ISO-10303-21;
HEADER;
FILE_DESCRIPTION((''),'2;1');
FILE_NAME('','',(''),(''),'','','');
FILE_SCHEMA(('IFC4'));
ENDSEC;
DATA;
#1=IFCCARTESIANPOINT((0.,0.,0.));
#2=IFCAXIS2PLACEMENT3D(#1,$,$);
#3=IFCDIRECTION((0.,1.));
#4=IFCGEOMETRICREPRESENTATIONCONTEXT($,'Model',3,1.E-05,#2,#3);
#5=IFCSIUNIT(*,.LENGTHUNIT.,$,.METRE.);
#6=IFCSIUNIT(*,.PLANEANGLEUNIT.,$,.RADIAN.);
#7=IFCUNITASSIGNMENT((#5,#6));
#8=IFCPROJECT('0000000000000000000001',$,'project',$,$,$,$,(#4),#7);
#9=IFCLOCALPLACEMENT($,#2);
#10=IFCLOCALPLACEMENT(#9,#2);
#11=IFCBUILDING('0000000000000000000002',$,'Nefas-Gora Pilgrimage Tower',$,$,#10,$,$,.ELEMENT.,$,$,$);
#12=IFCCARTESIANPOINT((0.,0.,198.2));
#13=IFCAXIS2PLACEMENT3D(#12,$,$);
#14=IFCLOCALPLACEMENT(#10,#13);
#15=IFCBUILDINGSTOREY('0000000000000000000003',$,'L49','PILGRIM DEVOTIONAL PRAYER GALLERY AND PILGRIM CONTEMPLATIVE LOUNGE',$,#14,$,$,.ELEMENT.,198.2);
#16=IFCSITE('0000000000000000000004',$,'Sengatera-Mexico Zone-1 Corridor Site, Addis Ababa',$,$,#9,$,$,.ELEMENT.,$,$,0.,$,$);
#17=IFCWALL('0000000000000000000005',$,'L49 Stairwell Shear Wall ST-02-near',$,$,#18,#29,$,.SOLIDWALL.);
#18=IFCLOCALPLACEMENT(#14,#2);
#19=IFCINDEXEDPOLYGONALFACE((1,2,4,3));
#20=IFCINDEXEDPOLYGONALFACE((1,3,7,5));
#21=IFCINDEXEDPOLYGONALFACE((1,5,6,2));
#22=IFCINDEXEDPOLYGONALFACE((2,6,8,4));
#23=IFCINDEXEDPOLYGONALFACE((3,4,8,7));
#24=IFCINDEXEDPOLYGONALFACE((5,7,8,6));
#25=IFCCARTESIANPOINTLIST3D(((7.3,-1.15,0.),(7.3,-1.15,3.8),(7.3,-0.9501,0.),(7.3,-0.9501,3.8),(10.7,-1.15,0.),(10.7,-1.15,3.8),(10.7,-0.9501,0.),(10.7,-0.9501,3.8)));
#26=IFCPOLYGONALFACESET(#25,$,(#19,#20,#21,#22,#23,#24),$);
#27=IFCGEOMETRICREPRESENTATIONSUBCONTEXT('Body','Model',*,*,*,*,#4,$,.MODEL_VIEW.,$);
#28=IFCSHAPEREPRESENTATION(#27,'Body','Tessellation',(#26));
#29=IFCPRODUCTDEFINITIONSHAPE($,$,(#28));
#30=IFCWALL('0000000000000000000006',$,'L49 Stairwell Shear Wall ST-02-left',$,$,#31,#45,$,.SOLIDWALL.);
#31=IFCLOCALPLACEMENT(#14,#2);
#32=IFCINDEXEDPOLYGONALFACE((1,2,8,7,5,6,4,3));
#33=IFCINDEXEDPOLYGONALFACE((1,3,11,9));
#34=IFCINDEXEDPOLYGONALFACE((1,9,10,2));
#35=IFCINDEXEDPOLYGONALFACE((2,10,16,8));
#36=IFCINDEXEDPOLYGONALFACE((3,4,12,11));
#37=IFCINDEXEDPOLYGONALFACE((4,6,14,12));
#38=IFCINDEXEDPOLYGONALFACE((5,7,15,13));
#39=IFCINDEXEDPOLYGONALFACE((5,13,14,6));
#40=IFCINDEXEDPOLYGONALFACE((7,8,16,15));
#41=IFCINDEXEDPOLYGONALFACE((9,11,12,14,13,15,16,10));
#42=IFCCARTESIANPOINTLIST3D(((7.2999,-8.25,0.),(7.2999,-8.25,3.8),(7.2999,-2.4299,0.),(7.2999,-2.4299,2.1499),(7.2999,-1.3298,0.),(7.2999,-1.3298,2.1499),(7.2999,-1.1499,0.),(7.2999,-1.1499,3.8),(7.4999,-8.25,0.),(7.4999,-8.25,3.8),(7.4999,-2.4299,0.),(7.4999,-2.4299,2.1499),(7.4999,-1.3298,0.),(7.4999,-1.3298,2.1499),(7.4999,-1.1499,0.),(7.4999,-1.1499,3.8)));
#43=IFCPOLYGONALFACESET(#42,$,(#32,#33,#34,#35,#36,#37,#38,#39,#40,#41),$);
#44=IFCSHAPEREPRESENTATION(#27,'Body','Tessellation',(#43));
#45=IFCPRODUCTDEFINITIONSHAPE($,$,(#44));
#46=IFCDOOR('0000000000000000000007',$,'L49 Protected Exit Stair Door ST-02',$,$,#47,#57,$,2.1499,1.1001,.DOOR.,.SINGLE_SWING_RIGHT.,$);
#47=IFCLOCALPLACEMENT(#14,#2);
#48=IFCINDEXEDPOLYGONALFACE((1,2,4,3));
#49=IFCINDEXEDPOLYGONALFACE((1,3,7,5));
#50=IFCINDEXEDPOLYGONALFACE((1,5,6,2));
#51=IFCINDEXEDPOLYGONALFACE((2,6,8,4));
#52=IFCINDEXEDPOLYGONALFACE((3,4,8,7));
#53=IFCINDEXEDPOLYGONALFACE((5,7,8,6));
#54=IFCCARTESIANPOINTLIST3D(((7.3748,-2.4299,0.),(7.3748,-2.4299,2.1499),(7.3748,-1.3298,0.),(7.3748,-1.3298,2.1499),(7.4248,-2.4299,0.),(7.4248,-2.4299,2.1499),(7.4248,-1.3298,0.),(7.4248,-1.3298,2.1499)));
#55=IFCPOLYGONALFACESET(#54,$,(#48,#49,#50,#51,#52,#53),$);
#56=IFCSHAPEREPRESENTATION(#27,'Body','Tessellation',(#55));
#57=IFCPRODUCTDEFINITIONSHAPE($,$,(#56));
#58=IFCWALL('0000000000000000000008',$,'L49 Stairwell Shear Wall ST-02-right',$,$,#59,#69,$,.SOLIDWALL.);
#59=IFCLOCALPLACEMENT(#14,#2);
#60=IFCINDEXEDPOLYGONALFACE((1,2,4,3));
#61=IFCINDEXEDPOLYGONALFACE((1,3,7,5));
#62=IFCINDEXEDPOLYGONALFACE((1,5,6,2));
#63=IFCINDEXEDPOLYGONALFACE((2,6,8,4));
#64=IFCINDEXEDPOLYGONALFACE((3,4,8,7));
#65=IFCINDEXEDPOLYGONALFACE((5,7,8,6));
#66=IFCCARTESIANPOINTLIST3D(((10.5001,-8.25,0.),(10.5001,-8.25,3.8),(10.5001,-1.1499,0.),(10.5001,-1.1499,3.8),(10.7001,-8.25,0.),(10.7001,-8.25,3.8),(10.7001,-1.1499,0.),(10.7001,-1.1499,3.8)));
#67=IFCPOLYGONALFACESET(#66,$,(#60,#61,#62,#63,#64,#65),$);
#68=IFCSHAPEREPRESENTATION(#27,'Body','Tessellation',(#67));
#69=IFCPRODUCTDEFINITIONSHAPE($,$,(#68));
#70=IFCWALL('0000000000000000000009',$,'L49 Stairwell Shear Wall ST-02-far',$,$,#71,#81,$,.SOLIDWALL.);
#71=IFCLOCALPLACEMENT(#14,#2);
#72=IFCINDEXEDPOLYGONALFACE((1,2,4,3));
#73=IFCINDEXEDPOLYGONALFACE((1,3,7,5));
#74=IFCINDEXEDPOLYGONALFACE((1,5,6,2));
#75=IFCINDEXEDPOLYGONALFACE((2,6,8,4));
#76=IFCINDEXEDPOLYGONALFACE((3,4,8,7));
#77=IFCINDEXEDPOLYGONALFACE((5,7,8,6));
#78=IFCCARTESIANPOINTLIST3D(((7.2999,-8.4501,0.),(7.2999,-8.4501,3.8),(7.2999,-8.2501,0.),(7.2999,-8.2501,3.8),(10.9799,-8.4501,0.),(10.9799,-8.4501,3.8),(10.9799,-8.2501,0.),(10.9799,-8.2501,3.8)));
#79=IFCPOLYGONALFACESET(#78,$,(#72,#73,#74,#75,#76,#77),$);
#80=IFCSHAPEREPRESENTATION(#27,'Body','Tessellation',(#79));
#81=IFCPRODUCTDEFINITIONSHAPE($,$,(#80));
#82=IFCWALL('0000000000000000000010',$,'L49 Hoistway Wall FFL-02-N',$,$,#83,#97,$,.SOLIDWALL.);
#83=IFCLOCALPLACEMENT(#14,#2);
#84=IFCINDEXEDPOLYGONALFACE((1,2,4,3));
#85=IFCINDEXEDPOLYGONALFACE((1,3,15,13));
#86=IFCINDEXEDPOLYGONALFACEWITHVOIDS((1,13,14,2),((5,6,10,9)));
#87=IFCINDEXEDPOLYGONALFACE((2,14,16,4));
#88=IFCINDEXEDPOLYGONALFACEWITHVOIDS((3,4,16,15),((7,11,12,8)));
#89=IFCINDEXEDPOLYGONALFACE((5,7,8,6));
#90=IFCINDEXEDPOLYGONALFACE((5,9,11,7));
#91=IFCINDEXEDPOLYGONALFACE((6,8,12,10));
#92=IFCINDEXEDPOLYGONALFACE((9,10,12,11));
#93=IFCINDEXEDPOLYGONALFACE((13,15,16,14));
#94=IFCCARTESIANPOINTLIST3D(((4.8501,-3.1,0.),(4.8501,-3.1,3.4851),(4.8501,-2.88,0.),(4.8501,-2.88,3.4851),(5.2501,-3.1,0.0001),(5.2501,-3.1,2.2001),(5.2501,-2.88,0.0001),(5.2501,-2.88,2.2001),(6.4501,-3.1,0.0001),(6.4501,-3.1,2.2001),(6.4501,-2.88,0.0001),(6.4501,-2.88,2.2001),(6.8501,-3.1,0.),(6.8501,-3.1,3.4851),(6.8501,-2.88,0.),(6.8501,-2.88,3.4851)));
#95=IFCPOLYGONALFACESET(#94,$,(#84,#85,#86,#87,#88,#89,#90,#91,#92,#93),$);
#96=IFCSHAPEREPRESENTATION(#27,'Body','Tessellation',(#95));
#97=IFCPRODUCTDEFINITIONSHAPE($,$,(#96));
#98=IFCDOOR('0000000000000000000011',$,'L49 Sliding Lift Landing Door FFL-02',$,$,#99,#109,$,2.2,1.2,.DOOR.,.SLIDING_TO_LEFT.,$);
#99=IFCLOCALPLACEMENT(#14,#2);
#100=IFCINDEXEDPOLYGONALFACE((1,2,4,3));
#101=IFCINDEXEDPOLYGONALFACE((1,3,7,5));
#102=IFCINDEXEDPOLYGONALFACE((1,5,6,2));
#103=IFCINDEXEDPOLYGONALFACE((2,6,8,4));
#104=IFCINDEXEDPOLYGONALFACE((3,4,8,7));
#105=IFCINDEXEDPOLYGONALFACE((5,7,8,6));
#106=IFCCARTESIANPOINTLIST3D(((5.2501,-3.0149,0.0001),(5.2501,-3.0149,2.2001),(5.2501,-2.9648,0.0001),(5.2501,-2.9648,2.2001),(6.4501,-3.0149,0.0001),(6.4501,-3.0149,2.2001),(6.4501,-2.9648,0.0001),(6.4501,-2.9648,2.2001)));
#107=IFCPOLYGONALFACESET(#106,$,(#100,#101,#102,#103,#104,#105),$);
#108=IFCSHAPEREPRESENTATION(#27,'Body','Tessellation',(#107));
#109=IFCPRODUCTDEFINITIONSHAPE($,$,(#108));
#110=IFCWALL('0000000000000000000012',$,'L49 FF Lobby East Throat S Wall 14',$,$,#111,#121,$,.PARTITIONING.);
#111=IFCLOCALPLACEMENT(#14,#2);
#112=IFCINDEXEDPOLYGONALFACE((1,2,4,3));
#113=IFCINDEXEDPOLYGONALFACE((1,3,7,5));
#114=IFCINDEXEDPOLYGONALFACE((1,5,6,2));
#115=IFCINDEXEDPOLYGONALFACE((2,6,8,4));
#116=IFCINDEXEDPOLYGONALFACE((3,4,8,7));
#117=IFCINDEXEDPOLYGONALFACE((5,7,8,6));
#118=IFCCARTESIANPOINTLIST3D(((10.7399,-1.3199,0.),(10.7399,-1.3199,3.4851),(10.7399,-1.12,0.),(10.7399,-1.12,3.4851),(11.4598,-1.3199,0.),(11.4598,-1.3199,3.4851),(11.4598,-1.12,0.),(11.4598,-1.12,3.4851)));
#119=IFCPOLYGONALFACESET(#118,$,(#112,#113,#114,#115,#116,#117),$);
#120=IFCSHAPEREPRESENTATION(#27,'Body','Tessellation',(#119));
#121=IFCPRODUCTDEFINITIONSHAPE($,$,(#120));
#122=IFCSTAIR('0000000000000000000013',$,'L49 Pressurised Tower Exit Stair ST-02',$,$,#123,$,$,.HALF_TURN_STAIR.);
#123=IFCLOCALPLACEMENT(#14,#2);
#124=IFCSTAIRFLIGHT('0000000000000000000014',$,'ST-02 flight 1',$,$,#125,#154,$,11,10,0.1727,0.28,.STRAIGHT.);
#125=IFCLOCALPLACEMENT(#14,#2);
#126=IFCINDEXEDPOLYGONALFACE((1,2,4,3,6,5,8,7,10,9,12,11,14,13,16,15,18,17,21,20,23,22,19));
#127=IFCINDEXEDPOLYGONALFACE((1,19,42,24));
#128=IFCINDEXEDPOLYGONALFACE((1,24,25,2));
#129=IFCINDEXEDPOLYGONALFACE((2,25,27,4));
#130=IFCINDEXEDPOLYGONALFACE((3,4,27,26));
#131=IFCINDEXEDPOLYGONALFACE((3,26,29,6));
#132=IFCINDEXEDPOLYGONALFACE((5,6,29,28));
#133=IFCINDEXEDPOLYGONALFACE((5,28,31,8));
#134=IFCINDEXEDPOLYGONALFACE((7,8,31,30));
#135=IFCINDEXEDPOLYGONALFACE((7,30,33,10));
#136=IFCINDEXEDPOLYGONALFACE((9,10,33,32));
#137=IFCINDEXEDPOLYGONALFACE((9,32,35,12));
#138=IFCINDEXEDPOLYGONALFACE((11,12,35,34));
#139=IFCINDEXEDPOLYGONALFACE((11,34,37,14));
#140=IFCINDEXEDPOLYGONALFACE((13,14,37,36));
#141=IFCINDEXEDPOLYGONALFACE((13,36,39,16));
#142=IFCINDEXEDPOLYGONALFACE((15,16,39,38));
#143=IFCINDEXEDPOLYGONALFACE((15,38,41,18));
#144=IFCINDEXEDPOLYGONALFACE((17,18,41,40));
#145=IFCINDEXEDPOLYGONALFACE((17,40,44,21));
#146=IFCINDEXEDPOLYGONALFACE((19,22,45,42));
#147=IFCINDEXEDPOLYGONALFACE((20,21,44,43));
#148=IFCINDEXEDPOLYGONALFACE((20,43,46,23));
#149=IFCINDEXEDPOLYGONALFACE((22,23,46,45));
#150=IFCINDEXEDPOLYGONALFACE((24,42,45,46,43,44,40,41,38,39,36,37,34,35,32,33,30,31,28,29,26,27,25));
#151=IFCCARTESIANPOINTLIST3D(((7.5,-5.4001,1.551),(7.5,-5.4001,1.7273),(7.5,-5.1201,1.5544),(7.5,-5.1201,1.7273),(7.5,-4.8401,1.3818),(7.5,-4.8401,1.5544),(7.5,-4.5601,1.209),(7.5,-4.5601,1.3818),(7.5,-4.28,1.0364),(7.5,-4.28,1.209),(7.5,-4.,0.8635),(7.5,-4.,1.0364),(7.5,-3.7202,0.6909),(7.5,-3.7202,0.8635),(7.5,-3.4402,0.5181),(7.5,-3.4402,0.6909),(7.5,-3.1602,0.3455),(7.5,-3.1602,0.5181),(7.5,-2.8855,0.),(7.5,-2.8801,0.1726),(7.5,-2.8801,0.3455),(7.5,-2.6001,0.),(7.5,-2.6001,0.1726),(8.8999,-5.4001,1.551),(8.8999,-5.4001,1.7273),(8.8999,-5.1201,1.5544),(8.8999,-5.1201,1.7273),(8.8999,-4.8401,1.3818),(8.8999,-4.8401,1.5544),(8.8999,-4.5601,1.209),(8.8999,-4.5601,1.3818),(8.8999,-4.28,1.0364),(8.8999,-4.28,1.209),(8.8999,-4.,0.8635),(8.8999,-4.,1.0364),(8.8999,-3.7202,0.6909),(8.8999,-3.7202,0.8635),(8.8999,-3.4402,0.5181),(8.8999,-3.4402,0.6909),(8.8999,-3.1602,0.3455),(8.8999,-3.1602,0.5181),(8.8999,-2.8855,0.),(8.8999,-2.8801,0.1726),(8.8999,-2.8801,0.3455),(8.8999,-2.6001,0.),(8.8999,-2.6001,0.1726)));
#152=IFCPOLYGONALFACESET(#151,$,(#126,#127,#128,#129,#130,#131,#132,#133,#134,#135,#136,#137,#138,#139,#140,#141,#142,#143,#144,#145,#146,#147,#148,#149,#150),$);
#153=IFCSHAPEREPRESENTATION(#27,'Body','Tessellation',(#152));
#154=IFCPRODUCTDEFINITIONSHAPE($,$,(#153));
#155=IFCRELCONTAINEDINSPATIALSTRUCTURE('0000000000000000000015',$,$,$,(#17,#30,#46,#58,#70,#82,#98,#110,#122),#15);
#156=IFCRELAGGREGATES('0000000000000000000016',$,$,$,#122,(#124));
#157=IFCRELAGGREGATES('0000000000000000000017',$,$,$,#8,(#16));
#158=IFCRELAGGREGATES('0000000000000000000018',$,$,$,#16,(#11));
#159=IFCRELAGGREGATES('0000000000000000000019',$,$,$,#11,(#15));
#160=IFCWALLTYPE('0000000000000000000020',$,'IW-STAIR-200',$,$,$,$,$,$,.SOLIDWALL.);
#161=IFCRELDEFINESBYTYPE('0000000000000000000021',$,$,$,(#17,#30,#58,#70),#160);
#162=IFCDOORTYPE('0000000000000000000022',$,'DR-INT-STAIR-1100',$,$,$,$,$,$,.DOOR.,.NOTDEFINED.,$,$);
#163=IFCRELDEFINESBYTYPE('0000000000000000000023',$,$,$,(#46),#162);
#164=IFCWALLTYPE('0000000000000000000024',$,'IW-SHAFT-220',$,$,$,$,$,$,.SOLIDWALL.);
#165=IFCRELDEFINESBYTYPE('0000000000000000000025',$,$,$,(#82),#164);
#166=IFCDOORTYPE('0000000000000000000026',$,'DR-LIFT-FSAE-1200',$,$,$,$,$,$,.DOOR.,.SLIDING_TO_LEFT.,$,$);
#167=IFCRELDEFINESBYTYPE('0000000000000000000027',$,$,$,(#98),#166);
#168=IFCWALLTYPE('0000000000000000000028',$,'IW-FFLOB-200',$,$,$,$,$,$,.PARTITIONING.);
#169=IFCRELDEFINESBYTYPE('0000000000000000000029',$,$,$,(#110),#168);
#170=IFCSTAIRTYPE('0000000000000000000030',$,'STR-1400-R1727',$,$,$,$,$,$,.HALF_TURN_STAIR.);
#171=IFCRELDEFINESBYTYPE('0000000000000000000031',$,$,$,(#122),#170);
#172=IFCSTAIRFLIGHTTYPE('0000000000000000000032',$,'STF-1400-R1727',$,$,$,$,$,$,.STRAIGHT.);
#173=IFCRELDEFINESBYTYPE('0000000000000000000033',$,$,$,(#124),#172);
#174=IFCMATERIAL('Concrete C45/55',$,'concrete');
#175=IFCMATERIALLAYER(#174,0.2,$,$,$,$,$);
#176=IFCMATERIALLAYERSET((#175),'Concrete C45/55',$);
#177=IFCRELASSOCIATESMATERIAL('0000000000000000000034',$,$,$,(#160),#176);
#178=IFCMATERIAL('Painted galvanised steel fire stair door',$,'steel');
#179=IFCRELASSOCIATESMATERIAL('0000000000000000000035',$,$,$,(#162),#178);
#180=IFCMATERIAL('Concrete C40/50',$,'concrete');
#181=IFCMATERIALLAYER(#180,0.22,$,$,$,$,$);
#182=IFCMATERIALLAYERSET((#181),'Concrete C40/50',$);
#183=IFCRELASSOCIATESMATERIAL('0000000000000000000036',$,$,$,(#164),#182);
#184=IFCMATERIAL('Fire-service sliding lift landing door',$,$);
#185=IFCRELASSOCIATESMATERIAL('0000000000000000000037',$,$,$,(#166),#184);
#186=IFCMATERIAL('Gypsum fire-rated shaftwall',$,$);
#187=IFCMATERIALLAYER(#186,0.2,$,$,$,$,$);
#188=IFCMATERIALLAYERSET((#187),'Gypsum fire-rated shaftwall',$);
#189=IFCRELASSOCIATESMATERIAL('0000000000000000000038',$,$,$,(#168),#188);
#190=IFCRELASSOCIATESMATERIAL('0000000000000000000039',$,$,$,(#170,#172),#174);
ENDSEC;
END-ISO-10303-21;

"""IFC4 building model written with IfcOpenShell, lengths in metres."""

from ifc_helpers import new_model, si_unit, direction, frame, frame_2d, origin, place, context, subcontext, project, spatial, polyline, rectangle, outline, extrude, source, transform, mapped, material, layer, layer_set, type_object, element, fill, aggregate, save


model = new_model("IFC4")

# Units and contexts
model_context = context("Model", 3, precision=1e-05, world=origin(), true_north=direction((0.0, 1.0)))
body_context = subcontext(model_context, "Body", "Model", "MODEL_VIEW")
ifc_project = project(units=[si_unit("LENGTHUNIT", "METRE"), si_unit("PLANEANGLEUNIT", "RADIAN")], contexts=[model_context])

# Site, building, storey
site_placement = place(None, origin())
site = spatial("IfcSite", under=ifc_project, at=site_placement, Name="Sengatera-Mexico Zone-1 Corridor Site, Addis Ababa", CompositionType="ELEMENT", RefElevation=0.0)
building_placement = place(site_placement, origin())
building = spatial("IfcBuilding", under=site, at=building_placement, Name="Nefas-Gora Pilgrimage Tower", CompositionType="ELEMENT")
storey_placement = place(building_placement, frame((0.0, 0.0, 198.2)))
storey = spatial("IfcBuildingStorey", under=building, at=storey_placement, Name="L49", Description="PILGRIM DEVOTIONAL PRAYER GALLERY AND PILGRIM CONTEMPLATIVE LOUNGE", CompositionType="ELEMENT", Elevation=198.2)

# Wall
ifc_material_1 = material(Name="Concrete C45/55", Category="concrete")
ifc_layer_1 = layer(ifc_material_1, 0.2)
ifc_layer_set_1 = layer_set([ifc_layer_1], Name="Concrete C45/55")
wall_type_1 = type_object("IfcWallType", Name="IW-STAIR-200", PredefinedType="SOLIDWALL", material=ifc_layer_set_1)
shared_shape_1 = source(origin(), body_context, "Body", "SweptSolid", [
    extrude(rectangle(XDim=3.3999, YDim=0.2, at=frame_2d((1.7, 0.0))), origin(), (0.0, 0.0, 1.0), 3.8),
])
wall_1_placement = place(storey_placement, frame((7.3, -1.05, 0.0), z_axis=(0.0, 0.0, 1.0), x_axis=(1.0, 0.0, 0.0)))
element("IfcWall", 1, at=wall_1_placement, inside=storey, type_object=wall_type_1, Name="L49 Stairwell Shear Wall ST-02-near", PredefinedType="SOLIDWALL", context=body_context, shape_type="MappedRepresentation", body=[
    mapped(shared_shape_1, transform((0.0, 0.0, 0.0), x_axis=(1.0, 0.0, 0.0), y_axis=(0.0, 1.0, 0.0), z_axis=(0.0, 0.0, 1.0), scale=1.0)),
])

# Wall, opening, door
shared_shape_2 = source(origin(), body_context, "Body", "SweptSolid", [
    extrude(rectangle(XDim=7.1001, YDim=0.2, at=frame_2d((3.55, 0.0))), origin(), (0.0, 0.0, 1.0), 3.8),
])
wall_2_placement = place(storey_placement, frame((7.3999, -1.1499, 0.0), z_axis=(0.0, 0.0, 1.0), x_axis=(0.0, -1.0, 0.0)))
wall_2 = element("IfcWall", 2, at=wall_2_placement, inside=storey, type_object=wall_type_1, Name="L49 Stairwell Shear Wall ST-02-left", PredefinedType="SOLIDWALL", context=body_context, shape_type="MappedRepresentation", body=[
    mapped(shared_shape_2, transform((0.0, 0.0, 0.0), x_axis=(1.0, 0.0, 0.0), y_axis=(0.0, 1.0, 0.0), z_axis=(0.0, 0.0, 1.0), scale=1.0)),
])
opening_1_placement = place(wall_2_placement, frame((0.1799, 0.0, 0.0)))
opening_1 = element("IfcOpeningElement", 3, at=opening_1_placement, cuts=wall_2, PredefinedType="OPENING", context=body_context, shape_type="SweptSolid", body=[
    extrude(rectangle(XDim=1.1001, YDim=2.1499, at=frame_2d((0.55, 1.075))), frame((0.0, 0.1099, 0.0), z_axis=(0.0, -1.0, 0.0), x_axis=(1.0, 0.0, 0.0)), (0.0, 0.0, 1.0), 0.22),
])
ifc_material_2 = material(Name="Painted galvanised steel fire stair door", Category="steel")
door_type_1 = type_object("IfcDoorType", Name="DR-INT-STAIR-1100", OperationType="NOTDEFINED", PredefinedType="DOOR", material=ifc_material_2)
shared_shape_3 = source(origin(), body_context, "Body", "SweptSolid", [
    extrude(rectangle(XDim=1.1001, YDim=2.1499, at=frame_2d((0.55, 1.075))), frame((0.0, 0.0249, 0.0), z_axis=(0.0, -1.0, 0.0), x_axis=(1.0, 0.0, 0.0)), (0.0, 0.0, 1.0), 0.05),
])
door_1_placement = place(opening_1_placement, origin())
door_1 = element("IfcDoor", 4, at=door_1_placement, inside=storey, type_object=door_type_1, Name="L49 Protected Exit Stair Door ST-02", OperationType="SINGLE_SWING_RIGHT", OverallHeight=2.1499, OverallWidth=1.1001, PredefinedType="DOOR", context=body_context, shape_type="MappedRepresentation", body=[
    mapped(shared_shape_3, transform((0.0, 0.0, 0.0), x_axis=(1.0, 0.0, 0.0), y_axis=(0.0, 1.0, 0.0), z_axis=(0.0, 0.0, 1.0), scale=1.0)),
])
fill(opening_1, door_1)

# Walls
wall_3_placement = place(storey_placement, frame((10.6001, -1.1499, 0.0), z_axis=(0.0, 0.0, 1.0), x_axis=(0.0, -1.0, 0.0)))
element("IfcWall", 5, at=wall_3_placement, inside=storey, type_object=wall_type_1, Name="L49 Stairwell Shear Wall ST-02-right", PredefinedType="SOLIDWALL", context=body_context, shape_type="MappedRepresentation", body=[
    mapped(shared_shape_2, transform((0.0, 0.0, 0.0), x_axis=(1.0, 0.0, 0.0), y_axis=(0.0, 1.0, 0.0), z_axis=(0.0, 0.0, 1.0), scale=1.0)),
])
shared_shape_4 = source(origin(), body_context, "Body", "SweptSolid", [
    extrude(rectangle(XDim=3.6799, YDim=0.2, at=frame_2d((1.8398, 0.0))), origin(), (0.0, 0.0, 1.0), 3.8),
])
wall_4_placement = place(storey_placement, frame((7.3, -8.3501, 0.0), z_axis=(0.0, 0.0, 1.0), x_axis=(1.0, 0.0, 0.0)))
element("IfcWall", 6, at=wall_4_placement, inside=storey, type_object=wall_type_1, Name="L49 Stairwell Shear Wall ST-02-far", PredefinedType="SOLIDWALL", context=body_context, shape_type="MappedRepresentation", body=[
    mapped(shared_shape_4, transform((0.0, 0.0, 0.0), x_axis=(1.0, 0.0, 0.0), y_axis=(0.0, 1.0, 0.0), z_axis=(0.0, 0.0, 1.0), scale=1.0)),
])

# Wall, opening, door
ifc_material_3 = material(Name="Concrete C40/50", Category="concrete")
ifc_layer_2 = layer(ifc_material_3, 0.22)
ifc_layer_set_2 = layer_set([ifc_layer_2], Name="Concrete C40/50")
wall_type_2 = type_object("IfcWallType", Name="IW-SHAFT-220", PredefinedType="SOLIDWALL", material=ifc_layer_set_2)
shared_shape_5 = source(origin(), body_context, "Body", "SweptSolid", [
    extrude(rectangle(XDim=2.0, YDim=0.22, at=frame_2d((1.0, 0.0))), origin(), (0.0, 0.0, 1.0), 3.4851),
])
wall_5_placement = place(storey_placement, frame((6.8501, -2.99, 0.0), z_axis=(0.0, 0.0, 1.0), x_axis=(-1.0, 0.0, 0.0)))
wall_5 = element("IfcWall", 7, at=wall_5_placement, inside=storey, type_object=wall_type_2, Name="L49 Hoistway Wall FFL-02-N", PredefinedType="SOLIDWALL", context=body_context, shape_type="MappedRepresentation", body=[
    mapped(shared_shape_5, transform((0.0, 0.0, 0.0), x_axis=(1.0, 0.0, 0.0), y_axis=(0.0, 1.0, 0.0), z_axis=(0.0, 0.0, 1.0), scale=1.0)),
])
opening_2_placement = place(wall_5_placement, frame((0.3999, 0.0, 0.0)))
opening_2 = element("IfcOpeningElement", 8, at=opening_2_placement, cuts=wall_5, PredefinedType="OPENING", context=body_context, shape_type="SweptSolid", body=[
    extrude(rectangle(XDim=1.2, YDim=2.2, at=frame_2d((0.6001, 1.1001))), frame((0.0, 0.1199, 0.0), z_axis=(0.0, -1.0, 0.0), x_axis=(1.0, 0.0, 0.0)), (0.0, 0.0, 1.0), 0.24),
])
ifc_material_4 = material(Name="Fire-service sliding lift landing door")
door_type_2 = type_object("IfcDoorType", Name="DR-LIFT-FSAE-1200", OperationType="SLIDING_TO_LEFT", PredefinedType="DOOR", material=ifc_material_4)
shared_shape_6 = source(origin(), body_context, "Body", "SweptSolid", [
    extrude(rectangle(XDim=1.2, YDim=2.2, at=frame_2d((0.6001, 1.1001))), frame((0.0, 0.0249, 0.0), z_axis=(0.0, -1.0, 0.0), x_axis=(1.0, 0.0, 0.0)), (0.0, 0.0, 1.0), 0.05),
])
door_2_placement = place(opening_2_placement, origin())
door_2 = element("IfcDoor", 9, at=door_2_placement, inside=storey, type_object=door_type_2, Name="L49 Sliding Lift Landing Door FFL-02", OperationType="SLIDING_TO_LEFT", OverallHeight=2.2, OverallWidth=1.2, PredefinedType="DOOR", context=body_context, shape_type="MappedRepresentation", body=[
    mapped(shared_shape_6, transform((0.0, 0.0, 0.0), x_axis=(1.0, 0.0, 0.0), y_axis=(0.0, 1.0, 0.0), z_axis=(0.0, 0.0, 1.0), scale=1.0)),
])
fill(opening_2, door_2)

# Wall
ifc_material_5 = material(Name="Gypsum fire-rated shaftwall")
ifc_layer_3 = layer(ifc_material_5, 0.2)
ifc_layer_set_3 = layer_set([ifc_layer_3], Name="Gypsum fire-rated shaftwall")
wall_type_3 = type_object("IfcWallType", Name="IW-FFLOB-200", PredefinedType="PARTITIONING", material=ifc_layer_set_3)
shared_shape_7 = source(origin(), body_context, "Body", "SweptSolid", [
    extrude(rectangle(XDim=0.72, YDim=0.2, at=frame_2d((0.3599, 0.0))), origin(), (0.0, 0.0, 1.0), 3.4851),
])
wall_6_placement = place(storey_placement, frame((10.74, -1.22, 0.0), z_axis=(0.0, 0.0, 1.0), x_axis=(1.0, 0.0, 0.0)))
element("IfcWall", 10, at=wall_6_placement, inside=storey, type_object=wall_type_3, Name="L49 FF Lobby East Throat S Wall 14", PredefinedType="PARTITIONING", context=body_context, shape_type="MappedRepresentation", body=[
    mapped(shared_shape_7, transform((0.0, 0.0, 0.0), x_axis=(1.0, 0.0, 0.0), y_axis=(0.0, 1.0, 0.0), z_axis=(0.0, 0.0, 1.0), scale=1.0)),
])

# Stair, stair flight
stair_type = type_object("IfcStairType", Name="STR-1400-R1727", PredefinedType="HALF_TURN_STAIR", material=ifc_material_1)
stair_placement = place(storey_placement, origin())
stair = element("IfcStair", 11, at=stair_placement, inside=storey, type_object=stair_type, Name="L49 Pressurised Tower Exit Stair ST-02", PredefinedType="HALF_TURN_STAIR")
stair_flight_type = type_object("IfcStairFlightType", Name="STF-1400-R1727", PredefinedType="STRAIGHT", material=ifc_material_1)
shared_shape_8 = source(origin(), body_context, "Body", "SweptSolid", [
    extrude(outline(polyline([(0.0, 0.0), (0.0, 0.1726), (0.28, 0.1726), (0.28, 0.3455), (0.5601, 0.3455), (0.5601, 0.5181), (0.8401, 0.5181), (0.8401, 0.6909), (1.1201, 0.6909), (1.1201, 0.8635), (1.3999, 0.8635), (1.3999, 1.0364), (1.6799, 1.0364), (1.6799, 1.209), (1.96, 1.209), (1.96, 1.3818), (2.24, 1.3818), (2.24, 1.5544), (2.52, 1.5544), (2.52, 1.7273), (2.8, 1.7273), (2.8, 1.8999), (2.8, 1.551), (0.2854, 0.0), (0.0, 0.0)])), frame((0.0, 0.7, 0.0), z_axis=(0.0, -1.0, 0.0), x_axis=(1.0, 0.0, 0.0)), (0.0, 0.0, 1.0), 1.3999),
])
stair_flight_1_placement = place(storey_placement, frame((8.2, -2.6001, 0.0), z_axis=(0.0, 0.0, 1.0), x_axis=(0.0, -1.0, 0.0)))
stair_flight_1 = element("IfcStairFlight", 12, at=stair_flight_1_placement, type_object=stair_flight_type, Name="ST-02 flight 1", NumberOfRisers=11, NumberOfTreads=10, PredefinedType="STRAIGHT", RiserHeight=0.1727, TreadLength=0.28, context=body_context, shape_type="MappedRepresentation", body=[
    mapped(shared_shape_8, transform((0.0, 0.0, 0.0), x_axis=(1.0, 0.0, 0.0), y_axis=(0.0, 1.0, 0.0), z_axis=(0.0, 0.0, 1.0), scale=1.0)),
])
aggregate(stair, [stair_flight_1])

save(model, "model.ifc")
